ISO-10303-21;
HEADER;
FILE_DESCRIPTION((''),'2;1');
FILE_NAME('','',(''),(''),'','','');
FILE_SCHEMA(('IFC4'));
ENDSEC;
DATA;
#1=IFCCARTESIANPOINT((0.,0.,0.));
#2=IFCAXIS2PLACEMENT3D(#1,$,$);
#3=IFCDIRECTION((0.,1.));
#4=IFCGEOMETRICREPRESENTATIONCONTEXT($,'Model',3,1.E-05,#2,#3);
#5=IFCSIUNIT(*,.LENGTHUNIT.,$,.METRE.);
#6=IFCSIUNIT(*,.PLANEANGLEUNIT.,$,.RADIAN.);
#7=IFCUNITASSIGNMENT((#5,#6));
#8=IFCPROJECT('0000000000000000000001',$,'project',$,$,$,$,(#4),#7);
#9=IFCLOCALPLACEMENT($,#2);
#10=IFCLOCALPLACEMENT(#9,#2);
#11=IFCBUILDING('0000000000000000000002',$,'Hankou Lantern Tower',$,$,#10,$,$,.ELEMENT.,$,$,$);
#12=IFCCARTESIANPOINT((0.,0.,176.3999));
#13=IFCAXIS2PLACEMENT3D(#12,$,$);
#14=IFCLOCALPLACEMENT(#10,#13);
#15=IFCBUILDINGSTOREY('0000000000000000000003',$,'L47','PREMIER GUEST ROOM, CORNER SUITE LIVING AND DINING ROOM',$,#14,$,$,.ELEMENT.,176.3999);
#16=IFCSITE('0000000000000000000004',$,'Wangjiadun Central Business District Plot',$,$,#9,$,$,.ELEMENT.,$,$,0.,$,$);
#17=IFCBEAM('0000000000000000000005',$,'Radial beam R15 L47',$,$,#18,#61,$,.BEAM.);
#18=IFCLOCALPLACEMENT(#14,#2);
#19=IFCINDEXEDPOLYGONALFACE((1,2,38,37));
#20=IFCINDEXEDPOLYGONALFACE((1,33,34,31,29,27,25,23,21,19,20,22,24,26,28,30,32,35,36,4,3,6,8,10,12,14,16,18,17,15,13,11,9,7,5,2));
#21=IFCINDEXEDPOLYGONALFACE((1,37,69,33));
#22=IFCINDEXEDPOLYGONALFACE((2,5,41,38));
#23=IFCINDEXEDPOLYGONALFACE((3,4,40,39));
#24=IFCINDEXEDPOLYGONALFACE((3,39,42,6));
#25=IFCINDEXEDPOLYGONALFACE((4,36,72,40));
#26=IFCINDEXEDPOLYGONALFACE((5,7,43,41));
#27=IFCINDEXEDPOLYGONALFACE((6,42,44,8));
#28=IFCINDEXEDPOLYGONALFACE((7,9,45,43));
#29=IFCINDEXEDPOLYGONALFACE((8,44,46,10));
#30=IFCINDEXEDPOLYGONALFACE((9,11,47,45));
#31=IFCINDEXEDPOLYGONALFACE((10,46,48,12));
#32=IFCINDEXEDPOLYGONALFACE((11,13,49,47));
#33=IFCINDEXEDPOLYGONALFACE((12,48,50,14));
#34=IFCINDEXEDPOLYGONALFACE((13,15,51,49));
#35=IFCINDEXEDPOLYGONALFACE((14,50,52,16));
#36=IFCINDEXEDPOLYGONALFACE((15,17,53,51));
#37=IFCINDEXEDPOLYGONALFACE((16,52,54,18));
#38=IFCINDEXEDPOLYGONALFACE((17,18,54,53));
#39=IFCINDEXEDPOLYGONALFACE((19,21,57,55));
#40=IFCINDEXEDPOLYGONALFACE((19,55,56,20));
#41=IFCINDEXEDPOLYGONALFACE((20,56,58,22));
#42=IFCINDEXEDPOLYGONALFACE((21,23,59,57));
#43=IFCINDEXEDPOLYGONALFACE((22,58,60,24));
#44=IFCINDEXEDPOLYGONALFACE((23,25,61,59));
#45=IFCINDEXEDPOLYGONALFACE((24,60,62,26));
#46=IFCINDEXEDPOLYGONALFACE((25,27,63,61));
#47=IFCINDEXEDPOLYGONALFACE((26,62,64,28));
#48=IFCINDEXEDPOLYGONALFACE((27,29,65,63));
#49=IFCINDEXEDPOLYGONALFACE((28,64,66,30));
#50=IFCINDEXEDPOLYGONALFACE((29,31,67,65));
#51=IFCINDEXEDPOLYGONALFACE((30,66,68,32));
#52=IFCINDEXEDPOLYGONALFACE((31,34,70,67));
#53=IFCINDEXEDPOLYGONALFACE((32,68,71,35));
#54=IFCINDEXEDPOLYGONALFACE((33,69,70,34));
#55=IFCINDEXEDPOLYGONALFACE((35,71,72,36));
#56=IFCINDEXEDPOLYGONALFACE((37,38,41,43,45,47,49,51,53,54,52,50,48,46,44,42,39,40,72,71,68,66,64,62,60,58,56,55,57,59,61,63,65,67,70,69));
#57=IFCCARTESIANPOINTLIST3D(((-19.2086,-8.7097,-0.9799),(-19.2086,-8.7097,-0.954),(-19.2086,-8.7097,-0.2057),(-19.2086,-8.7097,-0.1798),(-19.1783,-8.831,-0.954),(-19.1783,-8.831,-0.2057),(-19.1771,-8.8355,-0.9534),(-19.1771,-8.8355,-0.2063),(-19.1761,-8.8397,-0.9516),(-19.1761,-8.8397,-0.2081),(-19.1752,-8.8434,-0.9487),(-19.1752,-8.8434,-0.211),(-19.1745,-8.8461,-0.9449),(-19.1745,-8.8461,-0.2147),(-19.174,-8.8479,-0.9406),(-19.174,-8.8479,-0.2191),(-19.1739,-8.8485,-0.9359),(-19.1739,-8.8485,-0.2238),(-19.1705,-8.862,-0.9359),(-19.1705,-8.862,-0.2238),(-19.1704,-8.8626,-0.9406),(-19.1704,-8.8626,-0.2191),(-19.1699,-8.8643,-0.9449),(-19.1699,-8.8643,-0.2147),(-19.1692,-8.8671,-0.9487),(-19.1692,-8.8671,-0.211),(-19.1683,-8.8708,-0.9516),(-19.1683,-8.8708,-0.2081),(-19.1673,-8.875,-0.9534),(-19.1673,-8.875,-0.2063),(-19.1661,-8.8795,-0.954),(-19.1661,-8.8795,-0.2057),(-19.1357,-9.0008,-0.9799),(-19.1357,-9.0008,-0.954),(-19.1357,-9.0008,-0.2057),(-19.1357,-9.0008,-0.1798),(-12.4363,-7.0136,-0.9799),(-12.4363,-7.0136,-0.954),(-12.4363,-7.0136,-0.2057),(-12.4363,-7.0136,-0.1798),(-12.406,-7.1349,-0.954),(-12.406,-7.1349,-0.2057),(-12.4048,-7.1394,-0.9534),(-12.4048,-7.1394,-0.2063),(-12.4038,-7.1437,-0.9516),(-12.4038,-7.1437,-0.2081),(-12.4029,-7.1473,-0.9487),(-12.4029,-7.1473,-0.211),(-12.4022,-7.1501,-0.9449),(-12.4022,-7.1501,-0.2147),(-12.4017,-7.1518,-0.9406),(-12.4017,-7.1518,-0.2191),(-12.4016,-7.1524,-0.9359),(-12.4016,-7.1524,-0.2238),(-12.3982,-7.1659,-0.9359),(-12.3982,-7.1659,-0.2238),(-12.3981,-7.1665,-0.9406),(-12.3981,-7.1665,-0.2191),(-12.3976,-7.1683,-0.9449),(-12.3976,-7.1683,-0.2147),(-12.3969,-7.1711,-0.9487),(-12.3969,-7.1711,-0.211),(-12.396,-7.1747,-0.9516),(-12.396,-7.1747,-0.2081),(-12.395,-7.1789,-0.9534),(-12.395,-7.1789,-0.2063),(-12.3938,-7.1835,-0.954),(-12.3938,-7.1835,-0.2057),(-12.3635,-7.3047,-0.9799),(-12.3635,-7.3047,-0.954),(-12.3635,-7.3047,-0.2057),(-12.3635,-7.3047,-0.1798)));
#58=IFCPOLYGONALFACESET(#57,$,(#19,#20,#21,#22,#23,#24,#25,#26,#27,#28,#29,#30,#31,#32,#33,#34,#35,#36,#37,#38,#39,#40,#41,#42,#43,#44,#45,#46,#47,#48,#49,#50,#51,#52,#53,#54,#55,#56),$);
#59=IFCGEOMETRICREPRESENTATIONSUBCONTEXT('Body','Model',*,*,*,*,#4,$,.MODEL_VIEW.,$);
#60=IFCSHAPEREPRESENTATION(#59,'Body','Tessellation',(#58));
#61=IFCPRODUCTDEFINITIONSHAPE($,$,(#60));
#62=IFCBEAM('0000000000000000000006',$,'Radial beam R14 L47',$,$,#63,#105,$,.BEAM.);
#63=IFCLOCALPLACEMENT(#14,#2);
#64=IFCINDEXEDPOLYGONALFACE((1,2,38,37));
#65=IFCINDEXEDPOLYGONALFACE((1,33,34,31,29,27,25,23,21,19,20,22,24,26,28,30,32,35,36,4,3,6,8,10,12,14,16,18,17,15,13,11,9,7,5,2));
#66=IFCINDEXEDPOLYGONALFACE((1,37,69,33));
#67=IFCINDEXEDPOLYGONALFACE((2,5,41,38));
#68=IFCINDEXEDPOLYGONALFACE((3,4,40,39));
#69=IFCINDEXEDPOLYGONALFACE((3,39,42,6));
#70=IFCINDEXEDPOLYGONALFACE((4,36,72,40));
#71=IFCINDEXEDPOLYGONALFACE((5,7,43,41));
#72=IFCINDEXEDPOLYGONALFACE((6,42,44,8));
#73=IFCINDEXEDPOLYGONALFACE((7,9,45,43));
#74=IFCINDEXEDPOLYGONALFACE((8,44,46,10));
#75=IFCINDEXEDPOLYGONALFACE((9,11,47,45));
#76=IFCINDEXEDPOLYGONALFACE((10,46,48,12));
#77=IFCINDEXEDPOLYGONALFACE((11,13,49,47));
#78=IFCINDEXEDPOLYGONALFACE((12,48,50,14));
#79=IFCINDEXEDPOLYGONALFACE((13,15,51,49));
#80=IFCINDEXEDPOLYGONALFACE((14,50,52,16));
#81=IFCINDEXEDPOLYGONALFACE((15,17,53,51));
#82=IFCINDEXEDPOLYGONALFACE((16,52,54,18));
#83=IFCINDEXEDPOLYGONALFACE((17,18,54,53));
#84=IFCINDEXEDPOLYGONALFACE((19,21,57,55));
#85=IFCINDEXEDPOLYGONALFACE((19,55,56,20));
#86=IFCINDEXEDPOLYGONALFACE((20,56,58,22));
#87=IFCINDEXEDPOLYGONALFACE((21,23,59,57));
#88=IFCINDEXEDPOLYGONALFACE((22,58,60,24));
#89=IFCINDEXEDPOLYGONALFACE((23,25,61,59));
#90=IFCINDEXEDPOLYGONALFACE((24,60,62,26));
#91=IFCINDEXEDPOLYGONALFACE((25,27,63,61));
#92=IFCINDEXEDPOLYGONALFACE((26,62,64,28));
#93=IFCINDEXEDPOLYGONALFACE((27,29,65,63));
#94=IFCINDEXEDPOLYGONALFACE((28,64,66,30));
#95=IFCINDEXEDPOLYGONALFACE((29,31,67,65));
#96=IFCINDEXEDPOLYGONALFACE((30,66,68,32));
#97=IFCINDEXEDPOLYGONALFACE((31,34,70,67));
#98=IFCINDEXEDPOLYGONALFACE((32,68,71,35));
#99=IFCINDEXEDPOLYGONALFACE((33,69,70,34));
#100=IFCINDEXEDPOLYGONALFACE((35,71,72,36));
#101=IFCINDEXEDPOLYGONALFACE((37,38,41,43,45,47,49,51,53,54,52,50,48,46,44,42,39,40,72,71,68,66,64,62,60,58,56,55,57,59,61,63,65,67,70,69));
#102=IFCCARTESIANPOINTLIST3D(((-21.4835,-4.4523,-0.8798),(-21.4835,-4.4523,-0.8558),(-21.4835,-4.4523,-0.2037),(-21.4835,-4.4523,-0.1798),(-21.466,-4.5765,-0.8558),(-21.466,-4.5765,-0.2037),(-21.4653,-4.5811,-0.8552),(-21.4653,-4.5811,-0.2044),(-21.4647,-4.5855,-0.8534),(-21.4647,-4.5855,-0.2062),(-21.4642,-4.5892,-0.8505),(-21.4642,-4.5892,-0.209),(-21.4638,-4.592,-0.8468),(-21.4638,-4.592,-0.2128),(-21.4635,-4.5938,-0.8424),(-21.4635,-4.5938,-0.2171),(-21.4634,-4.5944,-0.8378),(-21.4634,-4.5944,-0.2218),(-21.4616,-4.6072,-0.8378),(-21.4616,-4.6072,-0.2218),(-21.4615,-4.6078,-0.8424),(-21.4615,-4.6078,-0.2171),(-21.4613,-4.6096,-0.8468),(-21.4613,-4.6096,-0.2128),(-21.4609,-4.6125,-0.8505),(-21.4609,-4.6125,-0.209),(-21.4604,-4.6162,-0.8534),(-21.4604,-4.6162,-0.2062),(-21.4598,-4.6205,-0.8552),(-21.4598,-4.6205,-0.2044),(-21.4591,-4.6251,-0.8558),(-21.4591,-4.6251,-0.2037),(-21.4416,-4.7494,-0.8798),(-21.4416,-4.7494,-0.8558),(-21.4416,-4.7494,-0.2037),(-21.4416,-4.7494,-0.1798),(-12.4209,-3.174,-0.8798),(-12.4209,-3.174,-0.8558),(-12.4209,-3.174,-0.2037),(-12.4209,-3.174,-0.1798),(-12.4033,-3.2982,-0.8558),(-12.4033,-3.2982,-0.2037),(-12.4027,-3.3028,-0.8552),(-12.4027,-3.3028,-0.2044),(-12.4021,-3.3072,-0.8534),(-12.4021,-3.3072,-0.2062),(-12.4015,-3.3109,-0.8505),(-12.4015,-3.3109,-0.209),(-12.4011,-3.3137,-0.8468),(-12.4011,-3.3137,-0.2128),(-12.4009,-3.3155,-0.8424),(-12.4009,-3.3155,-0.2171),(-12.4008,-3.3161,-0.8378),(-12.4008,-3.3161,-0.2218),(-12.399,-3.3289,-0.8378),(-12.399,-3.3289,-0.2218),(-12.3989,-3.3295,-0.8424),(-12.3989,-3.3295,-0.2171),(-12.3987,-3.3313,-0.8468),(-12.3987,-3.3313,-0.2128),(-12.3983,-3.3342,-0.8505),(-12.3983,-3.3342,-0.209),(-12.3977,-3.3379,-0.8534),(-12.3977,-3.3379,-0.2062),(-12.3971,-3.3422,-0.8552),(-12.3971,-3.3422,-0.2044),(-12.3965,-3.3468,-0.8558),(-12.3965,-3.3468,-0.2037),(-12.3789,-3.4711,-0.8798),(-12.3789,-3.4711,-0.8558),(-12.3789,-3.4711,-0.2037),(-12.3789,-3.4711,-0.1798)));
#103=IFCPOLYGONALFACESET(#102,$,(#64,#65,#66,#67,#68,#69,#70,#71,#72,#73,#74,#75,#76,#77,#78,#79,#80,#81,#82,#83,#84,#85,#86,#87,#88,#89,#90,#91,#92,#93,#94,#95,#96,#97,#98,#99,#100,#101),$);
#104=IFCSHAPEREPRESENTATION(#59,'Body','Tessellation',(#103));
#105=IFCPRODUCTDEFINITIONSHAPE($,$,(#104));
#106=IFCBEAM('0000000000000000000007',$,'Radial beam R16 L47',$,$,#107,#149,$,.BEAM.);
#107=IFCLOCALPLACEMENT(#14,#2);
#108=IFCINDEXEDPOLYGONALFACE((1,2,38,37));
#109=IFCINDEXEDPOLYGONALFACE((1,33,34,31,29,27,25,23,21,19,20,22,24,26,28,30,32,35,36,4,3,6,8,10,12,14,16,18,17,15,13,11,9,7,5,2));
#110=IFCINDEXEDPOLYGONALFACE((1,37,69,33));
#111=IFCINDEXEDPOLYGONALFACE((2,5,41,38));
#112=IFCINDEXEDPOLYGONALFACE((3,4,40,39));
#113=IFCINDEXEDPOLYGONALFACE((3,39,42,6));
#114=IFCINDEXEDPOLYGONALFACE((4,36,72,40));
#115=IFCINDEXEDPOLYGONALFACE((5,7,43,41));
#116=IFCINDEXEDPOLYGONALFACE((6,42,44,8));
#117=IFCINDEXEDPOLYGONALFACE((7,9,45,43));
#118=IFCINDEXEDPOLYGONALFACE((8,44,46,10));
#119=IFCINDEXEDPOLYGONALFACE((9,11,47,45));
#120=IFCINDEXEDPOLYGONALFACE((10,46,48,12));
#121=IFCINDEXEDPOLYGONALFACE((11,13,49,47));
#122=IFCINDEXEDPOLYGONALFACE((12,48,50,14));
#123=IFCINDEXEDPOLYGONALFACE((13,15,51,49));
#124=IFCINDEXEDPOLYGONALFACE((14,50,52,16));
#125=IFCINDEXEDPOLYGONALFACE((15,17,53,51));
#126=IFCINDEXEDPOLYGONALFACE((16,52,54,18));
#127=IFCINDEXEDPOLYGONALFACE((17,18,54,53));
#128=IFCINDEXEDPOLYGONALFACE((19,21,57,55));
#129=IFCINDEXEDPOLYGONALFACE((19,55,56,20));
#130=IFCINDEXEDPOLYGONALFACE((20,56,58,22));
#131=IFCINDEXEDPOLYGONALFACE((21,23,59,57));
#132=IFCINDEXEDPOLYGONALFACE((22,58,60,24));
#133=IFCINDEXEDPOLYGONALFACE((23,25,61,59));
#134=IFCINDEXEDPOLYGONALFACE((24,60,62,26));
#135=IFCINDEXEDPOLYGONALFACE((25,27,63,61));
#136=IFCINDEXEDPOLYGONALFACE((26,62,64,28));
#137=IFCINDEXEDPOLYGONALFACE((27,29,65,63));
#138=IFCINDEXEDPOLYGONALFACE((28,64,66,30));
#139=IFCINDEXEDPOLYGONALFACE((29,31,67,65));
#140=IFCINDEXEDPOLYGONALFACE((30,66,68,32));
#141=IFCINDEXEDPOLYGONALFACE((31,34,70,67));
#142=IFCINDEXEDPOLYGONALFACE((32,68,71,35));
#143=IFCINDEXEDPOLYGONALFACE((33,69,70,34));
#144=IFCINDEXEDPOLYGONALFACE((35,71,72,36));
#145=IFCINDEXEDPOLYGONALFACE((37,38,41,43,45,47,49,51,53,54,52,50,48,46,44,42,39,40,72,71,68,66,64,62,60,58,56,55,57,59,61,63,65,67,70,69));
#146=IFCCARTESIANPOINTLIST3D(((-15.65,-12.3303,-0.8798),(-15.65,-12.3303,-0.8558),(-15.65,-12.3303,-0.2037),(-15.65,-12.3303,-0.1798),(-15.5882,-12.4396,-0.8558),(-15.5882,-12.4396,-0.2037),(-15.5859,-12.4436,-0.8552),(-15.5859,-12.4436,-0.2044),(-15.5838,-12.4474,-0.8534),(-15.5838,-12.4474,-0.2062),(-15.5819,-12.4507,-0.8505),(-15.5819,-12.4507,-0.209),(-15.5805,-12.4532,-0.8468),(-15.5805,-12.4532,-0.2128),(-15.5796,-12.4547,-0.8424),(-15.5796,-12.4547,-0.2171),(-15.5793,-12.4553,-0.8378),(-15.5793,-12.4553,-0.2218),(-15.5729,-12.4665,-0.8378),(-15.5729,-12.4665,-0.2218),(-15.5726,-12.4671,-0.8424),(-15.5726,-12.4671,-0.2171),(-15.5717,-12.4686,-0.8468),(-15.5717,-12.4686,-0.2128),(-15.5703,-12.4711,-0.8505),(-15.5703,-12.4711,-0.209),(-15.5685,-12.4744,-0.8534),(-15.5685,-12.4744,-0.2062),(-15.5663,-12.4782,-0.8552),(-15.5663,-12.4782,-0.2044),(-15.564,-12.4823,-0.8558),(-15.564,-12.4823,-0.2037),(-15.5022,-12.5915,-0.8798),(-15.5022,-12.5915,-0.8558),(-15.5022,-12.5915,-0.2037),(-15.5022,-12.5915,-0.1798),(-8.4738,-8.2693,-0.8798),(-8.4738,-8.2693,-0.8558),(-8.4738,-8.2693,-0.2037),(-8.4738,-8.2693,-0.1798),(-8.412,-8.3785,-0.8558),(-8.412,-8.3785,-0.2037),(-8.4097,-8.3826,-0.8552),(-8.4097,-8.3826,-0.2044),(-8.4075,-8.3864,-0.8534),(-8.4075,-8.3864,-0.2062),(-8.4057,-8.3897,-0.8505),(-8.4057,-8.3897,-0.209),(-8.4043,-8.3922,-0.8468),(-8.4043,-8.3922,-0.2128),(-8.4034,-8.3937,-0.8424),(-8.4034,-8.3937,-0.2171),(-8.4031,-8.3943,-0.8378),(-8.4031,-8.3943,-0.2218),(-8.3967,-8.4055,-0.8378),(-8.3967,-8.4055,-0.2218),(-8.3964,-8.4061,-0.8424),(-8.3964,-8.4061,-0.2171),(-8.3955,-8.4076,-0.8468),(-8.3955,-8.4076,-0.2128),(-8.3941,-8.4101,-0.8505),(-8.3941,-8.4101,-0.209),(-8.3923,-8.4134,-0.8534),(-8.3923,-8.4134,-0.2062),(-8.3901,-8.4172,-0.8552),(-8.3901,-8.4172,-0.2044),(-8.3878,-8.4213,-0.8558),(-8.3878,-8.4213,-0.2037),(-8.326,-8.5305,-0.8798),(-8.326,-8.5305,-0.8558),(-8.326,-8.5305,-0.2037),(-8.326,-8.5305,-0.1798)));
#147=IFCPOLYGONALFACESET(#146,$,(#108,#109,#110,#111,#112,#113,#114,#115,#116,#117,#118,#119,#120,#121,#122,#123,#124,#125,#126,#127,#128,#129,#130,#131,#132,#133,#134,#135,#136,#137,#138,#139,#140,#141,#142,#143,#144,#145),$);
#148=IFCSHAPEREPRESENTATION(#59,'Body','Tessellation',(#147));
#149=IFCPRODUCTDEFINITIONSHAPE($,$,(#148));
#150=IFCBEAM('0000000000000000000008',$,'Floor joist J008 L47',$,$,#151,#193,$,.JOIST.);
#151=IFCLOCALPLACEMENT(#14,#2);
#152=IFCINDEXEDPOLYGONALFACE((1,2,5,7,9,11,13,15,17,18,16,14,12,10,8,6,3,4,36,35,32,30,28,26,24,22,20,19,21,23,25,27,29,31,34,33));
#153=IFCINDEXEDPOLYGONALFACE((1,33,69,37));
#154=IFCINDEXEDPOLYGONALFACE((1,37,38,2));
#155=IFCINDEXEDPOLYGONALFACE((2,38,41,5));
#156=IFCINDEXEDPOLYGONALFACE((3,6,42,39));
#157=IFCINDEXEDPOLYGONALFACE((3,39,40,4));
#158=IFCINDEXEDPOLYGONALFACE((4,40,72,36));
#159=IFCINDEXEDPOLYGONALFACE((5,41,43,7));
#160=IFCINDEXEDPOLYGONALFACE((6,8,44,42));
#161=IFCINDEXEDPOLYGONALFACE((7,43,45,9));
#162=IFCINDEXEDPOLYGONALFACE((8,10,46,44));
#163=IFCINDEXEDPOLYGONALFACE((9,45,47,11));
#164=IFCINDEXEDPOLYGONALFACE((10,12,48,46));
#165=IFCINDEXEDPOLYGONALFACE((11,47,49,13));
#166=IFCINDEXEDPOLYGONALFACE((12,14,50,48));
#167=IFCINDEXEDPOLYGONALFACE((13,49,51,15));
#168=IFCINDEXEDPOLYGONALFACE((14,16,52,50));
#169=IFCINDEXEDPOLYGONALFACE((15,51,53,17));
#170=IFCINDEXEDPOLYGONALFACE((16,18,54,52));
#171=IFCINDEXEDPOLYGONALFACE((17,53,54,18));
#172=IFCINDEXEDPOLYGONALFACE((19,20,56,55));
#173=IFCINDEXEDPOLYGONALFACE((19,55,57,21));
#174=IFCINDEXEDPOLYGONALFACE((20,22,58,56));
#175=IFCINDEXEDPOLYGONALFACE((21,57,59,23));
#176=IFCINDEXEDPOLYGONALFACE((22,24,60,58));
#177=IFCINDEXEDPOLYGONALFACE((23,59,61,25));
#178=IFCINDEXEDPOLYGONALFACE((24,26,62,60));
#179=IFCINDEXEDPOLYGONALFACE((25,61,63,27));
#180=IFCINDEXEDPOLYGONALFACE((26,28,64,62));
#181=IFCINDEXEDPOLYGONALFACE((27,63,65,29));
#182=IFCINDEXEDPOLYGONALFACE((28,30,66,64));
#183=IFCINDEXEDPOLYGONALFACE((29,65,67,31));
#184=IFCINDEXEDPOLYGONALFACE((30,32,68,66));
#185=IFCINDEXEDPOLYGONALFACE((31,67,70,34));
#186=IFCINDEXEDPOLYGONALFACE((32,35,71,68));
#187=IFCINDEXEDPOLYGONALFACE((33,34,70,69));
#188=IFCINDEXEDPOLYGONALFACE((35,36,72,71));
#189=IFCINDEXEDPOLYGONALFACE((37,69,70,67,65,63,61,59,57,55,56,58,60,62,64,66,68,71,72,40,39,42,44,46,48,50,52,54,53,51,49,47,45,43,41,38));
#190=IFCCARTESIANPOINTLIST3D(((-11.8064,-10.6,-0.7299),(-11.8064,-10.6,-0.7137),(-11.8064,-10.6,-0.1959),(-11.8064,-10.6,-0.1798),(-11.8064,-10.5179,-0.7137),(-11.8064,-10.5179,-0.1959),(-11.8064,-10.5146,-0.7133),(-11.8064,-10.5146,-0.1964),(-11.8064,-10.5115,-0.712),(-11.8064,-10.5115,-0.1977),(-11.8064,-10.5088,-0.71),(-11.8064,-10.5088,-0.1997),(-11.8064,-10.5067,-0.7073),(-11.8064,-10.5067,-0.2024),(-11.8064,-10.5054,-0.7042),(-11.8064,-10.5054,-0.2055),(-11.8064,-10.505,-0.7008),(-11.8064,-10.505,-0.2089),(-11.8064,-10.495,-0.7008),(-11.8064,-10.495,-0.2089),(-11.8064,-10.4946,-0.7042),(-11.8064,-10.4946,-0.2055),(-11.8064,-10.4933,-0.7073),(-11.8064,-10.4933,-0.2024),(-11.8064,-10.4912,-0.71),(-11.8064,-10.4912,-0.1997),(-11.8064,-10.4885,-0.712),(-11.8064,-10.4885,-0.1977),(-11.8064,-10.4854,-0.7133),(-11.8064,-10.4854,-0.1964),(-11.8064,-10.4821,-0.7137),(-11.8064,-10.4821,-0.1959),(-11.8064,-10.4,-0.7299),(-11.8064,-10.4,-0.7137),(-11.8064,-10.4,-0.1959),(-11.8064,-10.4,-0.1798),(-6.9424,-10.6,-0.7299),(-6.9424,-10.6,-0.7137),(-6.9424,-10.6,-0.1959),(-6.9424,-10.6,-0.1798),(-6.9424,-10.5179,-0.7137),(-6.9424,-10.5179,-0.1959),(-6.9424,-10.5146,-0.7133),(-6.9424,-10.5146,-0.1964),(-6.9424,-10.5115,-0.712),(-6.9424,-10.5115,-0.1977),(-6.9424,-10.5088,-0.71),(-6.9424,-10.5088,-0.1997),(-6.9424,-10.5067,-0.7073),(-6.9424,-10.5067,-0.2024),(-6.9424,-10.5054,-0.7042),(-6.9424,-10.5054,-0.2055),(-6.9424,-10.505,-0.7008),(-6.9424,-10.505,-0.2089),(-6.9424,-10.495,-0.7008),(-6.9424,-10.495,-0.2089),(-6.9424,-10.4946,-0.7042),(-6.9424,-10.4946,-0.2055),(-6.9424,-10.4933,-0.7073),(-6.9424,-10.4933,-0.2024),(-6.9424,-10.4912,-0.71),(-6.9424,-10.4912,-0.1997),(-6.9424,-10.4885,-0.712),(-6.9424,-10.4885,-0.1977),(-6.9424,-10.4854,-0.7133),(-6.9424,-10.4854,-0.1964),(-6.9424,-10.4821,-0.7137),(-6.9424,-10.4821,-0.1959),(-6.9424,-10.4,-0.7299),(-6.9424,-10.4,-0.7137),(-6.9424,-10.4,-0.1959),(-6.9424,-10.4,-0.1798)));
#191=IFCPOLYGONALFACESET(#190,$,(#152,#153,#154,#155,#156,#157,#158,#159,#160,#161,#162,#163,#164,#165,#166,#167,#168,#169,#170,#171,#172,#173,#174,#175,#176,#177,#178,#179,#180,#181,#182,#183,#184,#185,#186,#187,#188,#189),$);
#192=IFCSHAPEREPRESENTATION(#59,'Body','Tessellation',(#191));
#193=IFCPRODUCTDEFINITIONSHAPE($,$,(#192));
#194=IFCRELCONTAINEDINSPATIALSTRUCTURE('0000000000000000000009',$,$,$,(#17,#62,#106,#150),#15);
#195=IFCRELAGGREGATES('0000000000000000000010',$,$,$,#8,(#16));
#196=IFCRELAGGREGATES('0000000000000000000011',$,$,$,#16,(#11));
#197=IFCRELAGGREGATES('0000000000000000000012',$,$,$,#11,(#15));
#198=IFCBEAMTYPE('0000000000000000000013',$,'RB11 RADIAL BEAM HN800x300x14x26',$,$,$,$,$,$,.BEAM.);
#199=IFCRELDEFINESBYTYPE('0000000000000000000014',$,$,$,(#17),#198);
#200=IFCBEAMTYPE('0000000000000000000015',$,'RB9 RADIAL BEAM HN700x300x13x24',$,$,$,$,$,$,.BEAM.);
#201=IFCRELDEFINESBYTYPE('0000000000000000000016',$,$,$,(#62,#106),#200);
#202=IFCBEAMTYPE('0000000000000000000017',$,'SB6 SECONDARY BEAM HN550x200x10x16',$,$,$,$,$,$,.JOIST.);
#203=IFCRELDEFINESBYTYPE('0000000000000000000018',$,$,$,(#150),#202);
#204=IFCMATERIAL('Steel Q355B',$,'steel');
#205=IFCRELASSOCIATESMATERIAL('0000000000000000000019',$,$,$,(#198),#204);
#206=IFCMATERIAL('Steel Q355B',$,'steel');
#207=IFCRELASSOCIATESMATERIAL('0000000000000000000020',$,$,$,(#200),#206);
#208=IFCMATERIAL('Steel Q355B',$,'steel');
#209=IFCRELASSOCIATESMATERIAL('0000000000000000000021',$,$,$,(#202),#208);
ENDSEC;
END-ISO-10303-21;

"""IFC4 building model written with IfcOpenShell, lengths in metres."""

from ifc_helpers import new_model, si_unit, direction, frame, origin, origin_2d, place, context, subcontext, project, spatial, i_section, extrude, material, material_profile, profile_set, type_object, element, save


model = new_model("IFC4")

# Units and contexts
model_context = context("Model", 3, precision=1e-05, world=origin(), true_north=direction((0.0, 1.0)))
body_context = subcontext(model_context, "Body", "Model", "MODEL_VIEW")
ifc_project = project(units=[si_unit("LENGTHUNIT", "METRE"), si_unit("PLANEANGLEUNIT", "RADIAN")], contexts=[model_context])

# Site, building, storey
site_placement = place(None, origin())
site = spatial("IfcSite", under=ifc_project, at=site_placement, Name="Wangjiadun Central Business District Plot", CompositionType="ELEMENT", RefElevation=0.0)
building_placement = place(site_placement, origin())
building = spatial("IfcBuilding", under=site, at=building_placement, Name="Hankou Lantern Tower", CompositionType="ELEMENT")
storey_placement = place(building_placement, frame((0.0, 0.0, 176.3999)))
storey = spatial("IfcBuildingStorey", under=building, at=storey_placement, Name="L47", Description="PREMIER GUEST ROOM, CORNER SUITE LIVING AND DINING ROOM", CompositionType="ELEMENT", Elevation=176.3999)

# Beams
ifc_material_1 = material(Name="Steel Q355B", Category="steel")
ifc_material_profile_1 = material_profile(ifc_material_1, i_section(OverallWidth=0.3, OverallDepth=0.8, WebThickness=0.0139, FlangeThickness=0.0259, FilletRadius=0.0181, at=origin_2d()), Name="HN800x300x14x26")
ifc_profile_set_1 = profile_set([ifc_material_profile_1], Name="Steel Q355B")
beam_type_1 = type_object("IfcBeamType", Name="RB11 RADIAL BEAM HN800x300x14x26", PredefinedType="BEAM", material=ifc_profile_set_1)
beam_1_placement = place(storey_placement, frame((-12.3999, -7.1592, -0.5798), z_axis=(-0.970042, -0.242939, 0.0), x_axis=(0.242939, -0.970042, 0.0)))
element("IfcBeam", 1, at=beam_1_placement, inside=storey, type_object=beam_type_1, Name="Radial beam R15 L47", PredefinedType="BEAM", context=body_context, shape_type="SweptSolid", body=[
    extrude(i_section(OverallWidth=0.3, OverallDepth=0.8, WebThickness=0.0139, FlangeThickness=0.0259, FilletRadius=0.0181, at=origin_2d()), origin(), (0.0, 0.0, 1.0), 6.9814),
])
ifc_material_2 = material(Name="Steel Q355B", Category="steel")
ifc_material_profile_2 = material_profile(ifc_material_2, i_section(OverallWidth=0.3, OverallDepth=0.7, WebThickness=0.0129, FlangeThickness=0.0239, FilletRadius=0.0181, at=origin_2d()), Name="HN700x300x13x24")
ifc_profile_set_2 = profile_set([ifc_material_profile_2], Name="Steel Q355B")
beam_type_2 = type_object("IfcBeamType", Name="RB9 RADIAL BEAM HN700x300x13x24", PredefinedType="BEAM", material=ifc_profile_set_2)
beam_2_placement = place(storey_placement, frame((-12.3999, -3.3225, -0.5298), z_axis=(-0.990198, -0.13967, 0.0), x_axis=(0.13967, -0.990198, 0.0)))
element("IfcBeam", 2, at=beam_2_placement, inside=storey, type_object=beam_type_2, Name="Radial beam R14 L47", PredefinedType="BEAM", context=body_context, shape_type="SweptSolid", body=[
    extrude(i_section(OverallWidth=0.3, OverallDepth=0.7, WebThickness=0.0129, FlangeThickness=0.0239, FilletRadius=0.0181, at=origin_2d()), origin(), (0.0, 0.0, 1.0), 9.1523),
])
beam_3_placement = place(storey_placement, frame((-8.3999, -8.3999, -0.5298), z_axis=(-0.870309, -0.492506, 0.0), x_axis=(0.492506, -0.870309, 0.0)))
element("IfcBeam", 3, at=beam_3_placement, inside=storey, type_object=beam_type_2, Name="Radial beam R16 L47", PredefinedType="BEAM", context=body_context, shape_type="SweptSolid", body=[
    extrude(i_section(OverallWidth=0.3, OverallDepth=0.7, WebThickness=0.0129, FlangeThickness=0.0239, FilletRadius=0.0181, at=origin_2d()), origin(), (0.0, 0.0, 1.0), 8.2456),
])
ifc_material_3 = material(Name="Steel Q355B", Category="steel")
ifc_material_profile_3 = material_profile(ifc_material_3, i_section(OverallWidth=0.2, OverallDepth=0.55, WebThickness=0.01, FlangeThickness=0.0161, FilletRadius=0.0129, at=origin_2d()), Name="HN550x200x10x16")
ifc_profile_set_3 = profile_set([ifc_material_profile_3], Name="Steel Q355B")
beam_type_3 = type_object("IfcBeamType", Name="SB6 SECONDARY BEAM HN550x200x10x16", PredefinedType="JOIST", material=ifc_profile_set_3)
beam_4_placement = place(storey_placement, frame((-11.8064, -10.5, -0.4548), z_axis=(1.0, 0.0, 0.0), x_axis=(0.0, 1.0, 0.0)))
element("IfcBeam", 4, at=beam_4_placement, inside=storey, type_object=beam_type_3, Name="Floor joist J008 L47", PredefinedType="JOIST", context=body_context, shape_type="SweptSolid", body=[
    extrude(i_section(OverallWidth=0.2, OverallDepth=0.55, WebThickness=0.01, FlangeThickness=0.0161, FilletRadius=0.0129, at=origin_2d()), origin(), (0.0, 0.0, 1.0), 4.864),
])

save(model, "model.ifc")
